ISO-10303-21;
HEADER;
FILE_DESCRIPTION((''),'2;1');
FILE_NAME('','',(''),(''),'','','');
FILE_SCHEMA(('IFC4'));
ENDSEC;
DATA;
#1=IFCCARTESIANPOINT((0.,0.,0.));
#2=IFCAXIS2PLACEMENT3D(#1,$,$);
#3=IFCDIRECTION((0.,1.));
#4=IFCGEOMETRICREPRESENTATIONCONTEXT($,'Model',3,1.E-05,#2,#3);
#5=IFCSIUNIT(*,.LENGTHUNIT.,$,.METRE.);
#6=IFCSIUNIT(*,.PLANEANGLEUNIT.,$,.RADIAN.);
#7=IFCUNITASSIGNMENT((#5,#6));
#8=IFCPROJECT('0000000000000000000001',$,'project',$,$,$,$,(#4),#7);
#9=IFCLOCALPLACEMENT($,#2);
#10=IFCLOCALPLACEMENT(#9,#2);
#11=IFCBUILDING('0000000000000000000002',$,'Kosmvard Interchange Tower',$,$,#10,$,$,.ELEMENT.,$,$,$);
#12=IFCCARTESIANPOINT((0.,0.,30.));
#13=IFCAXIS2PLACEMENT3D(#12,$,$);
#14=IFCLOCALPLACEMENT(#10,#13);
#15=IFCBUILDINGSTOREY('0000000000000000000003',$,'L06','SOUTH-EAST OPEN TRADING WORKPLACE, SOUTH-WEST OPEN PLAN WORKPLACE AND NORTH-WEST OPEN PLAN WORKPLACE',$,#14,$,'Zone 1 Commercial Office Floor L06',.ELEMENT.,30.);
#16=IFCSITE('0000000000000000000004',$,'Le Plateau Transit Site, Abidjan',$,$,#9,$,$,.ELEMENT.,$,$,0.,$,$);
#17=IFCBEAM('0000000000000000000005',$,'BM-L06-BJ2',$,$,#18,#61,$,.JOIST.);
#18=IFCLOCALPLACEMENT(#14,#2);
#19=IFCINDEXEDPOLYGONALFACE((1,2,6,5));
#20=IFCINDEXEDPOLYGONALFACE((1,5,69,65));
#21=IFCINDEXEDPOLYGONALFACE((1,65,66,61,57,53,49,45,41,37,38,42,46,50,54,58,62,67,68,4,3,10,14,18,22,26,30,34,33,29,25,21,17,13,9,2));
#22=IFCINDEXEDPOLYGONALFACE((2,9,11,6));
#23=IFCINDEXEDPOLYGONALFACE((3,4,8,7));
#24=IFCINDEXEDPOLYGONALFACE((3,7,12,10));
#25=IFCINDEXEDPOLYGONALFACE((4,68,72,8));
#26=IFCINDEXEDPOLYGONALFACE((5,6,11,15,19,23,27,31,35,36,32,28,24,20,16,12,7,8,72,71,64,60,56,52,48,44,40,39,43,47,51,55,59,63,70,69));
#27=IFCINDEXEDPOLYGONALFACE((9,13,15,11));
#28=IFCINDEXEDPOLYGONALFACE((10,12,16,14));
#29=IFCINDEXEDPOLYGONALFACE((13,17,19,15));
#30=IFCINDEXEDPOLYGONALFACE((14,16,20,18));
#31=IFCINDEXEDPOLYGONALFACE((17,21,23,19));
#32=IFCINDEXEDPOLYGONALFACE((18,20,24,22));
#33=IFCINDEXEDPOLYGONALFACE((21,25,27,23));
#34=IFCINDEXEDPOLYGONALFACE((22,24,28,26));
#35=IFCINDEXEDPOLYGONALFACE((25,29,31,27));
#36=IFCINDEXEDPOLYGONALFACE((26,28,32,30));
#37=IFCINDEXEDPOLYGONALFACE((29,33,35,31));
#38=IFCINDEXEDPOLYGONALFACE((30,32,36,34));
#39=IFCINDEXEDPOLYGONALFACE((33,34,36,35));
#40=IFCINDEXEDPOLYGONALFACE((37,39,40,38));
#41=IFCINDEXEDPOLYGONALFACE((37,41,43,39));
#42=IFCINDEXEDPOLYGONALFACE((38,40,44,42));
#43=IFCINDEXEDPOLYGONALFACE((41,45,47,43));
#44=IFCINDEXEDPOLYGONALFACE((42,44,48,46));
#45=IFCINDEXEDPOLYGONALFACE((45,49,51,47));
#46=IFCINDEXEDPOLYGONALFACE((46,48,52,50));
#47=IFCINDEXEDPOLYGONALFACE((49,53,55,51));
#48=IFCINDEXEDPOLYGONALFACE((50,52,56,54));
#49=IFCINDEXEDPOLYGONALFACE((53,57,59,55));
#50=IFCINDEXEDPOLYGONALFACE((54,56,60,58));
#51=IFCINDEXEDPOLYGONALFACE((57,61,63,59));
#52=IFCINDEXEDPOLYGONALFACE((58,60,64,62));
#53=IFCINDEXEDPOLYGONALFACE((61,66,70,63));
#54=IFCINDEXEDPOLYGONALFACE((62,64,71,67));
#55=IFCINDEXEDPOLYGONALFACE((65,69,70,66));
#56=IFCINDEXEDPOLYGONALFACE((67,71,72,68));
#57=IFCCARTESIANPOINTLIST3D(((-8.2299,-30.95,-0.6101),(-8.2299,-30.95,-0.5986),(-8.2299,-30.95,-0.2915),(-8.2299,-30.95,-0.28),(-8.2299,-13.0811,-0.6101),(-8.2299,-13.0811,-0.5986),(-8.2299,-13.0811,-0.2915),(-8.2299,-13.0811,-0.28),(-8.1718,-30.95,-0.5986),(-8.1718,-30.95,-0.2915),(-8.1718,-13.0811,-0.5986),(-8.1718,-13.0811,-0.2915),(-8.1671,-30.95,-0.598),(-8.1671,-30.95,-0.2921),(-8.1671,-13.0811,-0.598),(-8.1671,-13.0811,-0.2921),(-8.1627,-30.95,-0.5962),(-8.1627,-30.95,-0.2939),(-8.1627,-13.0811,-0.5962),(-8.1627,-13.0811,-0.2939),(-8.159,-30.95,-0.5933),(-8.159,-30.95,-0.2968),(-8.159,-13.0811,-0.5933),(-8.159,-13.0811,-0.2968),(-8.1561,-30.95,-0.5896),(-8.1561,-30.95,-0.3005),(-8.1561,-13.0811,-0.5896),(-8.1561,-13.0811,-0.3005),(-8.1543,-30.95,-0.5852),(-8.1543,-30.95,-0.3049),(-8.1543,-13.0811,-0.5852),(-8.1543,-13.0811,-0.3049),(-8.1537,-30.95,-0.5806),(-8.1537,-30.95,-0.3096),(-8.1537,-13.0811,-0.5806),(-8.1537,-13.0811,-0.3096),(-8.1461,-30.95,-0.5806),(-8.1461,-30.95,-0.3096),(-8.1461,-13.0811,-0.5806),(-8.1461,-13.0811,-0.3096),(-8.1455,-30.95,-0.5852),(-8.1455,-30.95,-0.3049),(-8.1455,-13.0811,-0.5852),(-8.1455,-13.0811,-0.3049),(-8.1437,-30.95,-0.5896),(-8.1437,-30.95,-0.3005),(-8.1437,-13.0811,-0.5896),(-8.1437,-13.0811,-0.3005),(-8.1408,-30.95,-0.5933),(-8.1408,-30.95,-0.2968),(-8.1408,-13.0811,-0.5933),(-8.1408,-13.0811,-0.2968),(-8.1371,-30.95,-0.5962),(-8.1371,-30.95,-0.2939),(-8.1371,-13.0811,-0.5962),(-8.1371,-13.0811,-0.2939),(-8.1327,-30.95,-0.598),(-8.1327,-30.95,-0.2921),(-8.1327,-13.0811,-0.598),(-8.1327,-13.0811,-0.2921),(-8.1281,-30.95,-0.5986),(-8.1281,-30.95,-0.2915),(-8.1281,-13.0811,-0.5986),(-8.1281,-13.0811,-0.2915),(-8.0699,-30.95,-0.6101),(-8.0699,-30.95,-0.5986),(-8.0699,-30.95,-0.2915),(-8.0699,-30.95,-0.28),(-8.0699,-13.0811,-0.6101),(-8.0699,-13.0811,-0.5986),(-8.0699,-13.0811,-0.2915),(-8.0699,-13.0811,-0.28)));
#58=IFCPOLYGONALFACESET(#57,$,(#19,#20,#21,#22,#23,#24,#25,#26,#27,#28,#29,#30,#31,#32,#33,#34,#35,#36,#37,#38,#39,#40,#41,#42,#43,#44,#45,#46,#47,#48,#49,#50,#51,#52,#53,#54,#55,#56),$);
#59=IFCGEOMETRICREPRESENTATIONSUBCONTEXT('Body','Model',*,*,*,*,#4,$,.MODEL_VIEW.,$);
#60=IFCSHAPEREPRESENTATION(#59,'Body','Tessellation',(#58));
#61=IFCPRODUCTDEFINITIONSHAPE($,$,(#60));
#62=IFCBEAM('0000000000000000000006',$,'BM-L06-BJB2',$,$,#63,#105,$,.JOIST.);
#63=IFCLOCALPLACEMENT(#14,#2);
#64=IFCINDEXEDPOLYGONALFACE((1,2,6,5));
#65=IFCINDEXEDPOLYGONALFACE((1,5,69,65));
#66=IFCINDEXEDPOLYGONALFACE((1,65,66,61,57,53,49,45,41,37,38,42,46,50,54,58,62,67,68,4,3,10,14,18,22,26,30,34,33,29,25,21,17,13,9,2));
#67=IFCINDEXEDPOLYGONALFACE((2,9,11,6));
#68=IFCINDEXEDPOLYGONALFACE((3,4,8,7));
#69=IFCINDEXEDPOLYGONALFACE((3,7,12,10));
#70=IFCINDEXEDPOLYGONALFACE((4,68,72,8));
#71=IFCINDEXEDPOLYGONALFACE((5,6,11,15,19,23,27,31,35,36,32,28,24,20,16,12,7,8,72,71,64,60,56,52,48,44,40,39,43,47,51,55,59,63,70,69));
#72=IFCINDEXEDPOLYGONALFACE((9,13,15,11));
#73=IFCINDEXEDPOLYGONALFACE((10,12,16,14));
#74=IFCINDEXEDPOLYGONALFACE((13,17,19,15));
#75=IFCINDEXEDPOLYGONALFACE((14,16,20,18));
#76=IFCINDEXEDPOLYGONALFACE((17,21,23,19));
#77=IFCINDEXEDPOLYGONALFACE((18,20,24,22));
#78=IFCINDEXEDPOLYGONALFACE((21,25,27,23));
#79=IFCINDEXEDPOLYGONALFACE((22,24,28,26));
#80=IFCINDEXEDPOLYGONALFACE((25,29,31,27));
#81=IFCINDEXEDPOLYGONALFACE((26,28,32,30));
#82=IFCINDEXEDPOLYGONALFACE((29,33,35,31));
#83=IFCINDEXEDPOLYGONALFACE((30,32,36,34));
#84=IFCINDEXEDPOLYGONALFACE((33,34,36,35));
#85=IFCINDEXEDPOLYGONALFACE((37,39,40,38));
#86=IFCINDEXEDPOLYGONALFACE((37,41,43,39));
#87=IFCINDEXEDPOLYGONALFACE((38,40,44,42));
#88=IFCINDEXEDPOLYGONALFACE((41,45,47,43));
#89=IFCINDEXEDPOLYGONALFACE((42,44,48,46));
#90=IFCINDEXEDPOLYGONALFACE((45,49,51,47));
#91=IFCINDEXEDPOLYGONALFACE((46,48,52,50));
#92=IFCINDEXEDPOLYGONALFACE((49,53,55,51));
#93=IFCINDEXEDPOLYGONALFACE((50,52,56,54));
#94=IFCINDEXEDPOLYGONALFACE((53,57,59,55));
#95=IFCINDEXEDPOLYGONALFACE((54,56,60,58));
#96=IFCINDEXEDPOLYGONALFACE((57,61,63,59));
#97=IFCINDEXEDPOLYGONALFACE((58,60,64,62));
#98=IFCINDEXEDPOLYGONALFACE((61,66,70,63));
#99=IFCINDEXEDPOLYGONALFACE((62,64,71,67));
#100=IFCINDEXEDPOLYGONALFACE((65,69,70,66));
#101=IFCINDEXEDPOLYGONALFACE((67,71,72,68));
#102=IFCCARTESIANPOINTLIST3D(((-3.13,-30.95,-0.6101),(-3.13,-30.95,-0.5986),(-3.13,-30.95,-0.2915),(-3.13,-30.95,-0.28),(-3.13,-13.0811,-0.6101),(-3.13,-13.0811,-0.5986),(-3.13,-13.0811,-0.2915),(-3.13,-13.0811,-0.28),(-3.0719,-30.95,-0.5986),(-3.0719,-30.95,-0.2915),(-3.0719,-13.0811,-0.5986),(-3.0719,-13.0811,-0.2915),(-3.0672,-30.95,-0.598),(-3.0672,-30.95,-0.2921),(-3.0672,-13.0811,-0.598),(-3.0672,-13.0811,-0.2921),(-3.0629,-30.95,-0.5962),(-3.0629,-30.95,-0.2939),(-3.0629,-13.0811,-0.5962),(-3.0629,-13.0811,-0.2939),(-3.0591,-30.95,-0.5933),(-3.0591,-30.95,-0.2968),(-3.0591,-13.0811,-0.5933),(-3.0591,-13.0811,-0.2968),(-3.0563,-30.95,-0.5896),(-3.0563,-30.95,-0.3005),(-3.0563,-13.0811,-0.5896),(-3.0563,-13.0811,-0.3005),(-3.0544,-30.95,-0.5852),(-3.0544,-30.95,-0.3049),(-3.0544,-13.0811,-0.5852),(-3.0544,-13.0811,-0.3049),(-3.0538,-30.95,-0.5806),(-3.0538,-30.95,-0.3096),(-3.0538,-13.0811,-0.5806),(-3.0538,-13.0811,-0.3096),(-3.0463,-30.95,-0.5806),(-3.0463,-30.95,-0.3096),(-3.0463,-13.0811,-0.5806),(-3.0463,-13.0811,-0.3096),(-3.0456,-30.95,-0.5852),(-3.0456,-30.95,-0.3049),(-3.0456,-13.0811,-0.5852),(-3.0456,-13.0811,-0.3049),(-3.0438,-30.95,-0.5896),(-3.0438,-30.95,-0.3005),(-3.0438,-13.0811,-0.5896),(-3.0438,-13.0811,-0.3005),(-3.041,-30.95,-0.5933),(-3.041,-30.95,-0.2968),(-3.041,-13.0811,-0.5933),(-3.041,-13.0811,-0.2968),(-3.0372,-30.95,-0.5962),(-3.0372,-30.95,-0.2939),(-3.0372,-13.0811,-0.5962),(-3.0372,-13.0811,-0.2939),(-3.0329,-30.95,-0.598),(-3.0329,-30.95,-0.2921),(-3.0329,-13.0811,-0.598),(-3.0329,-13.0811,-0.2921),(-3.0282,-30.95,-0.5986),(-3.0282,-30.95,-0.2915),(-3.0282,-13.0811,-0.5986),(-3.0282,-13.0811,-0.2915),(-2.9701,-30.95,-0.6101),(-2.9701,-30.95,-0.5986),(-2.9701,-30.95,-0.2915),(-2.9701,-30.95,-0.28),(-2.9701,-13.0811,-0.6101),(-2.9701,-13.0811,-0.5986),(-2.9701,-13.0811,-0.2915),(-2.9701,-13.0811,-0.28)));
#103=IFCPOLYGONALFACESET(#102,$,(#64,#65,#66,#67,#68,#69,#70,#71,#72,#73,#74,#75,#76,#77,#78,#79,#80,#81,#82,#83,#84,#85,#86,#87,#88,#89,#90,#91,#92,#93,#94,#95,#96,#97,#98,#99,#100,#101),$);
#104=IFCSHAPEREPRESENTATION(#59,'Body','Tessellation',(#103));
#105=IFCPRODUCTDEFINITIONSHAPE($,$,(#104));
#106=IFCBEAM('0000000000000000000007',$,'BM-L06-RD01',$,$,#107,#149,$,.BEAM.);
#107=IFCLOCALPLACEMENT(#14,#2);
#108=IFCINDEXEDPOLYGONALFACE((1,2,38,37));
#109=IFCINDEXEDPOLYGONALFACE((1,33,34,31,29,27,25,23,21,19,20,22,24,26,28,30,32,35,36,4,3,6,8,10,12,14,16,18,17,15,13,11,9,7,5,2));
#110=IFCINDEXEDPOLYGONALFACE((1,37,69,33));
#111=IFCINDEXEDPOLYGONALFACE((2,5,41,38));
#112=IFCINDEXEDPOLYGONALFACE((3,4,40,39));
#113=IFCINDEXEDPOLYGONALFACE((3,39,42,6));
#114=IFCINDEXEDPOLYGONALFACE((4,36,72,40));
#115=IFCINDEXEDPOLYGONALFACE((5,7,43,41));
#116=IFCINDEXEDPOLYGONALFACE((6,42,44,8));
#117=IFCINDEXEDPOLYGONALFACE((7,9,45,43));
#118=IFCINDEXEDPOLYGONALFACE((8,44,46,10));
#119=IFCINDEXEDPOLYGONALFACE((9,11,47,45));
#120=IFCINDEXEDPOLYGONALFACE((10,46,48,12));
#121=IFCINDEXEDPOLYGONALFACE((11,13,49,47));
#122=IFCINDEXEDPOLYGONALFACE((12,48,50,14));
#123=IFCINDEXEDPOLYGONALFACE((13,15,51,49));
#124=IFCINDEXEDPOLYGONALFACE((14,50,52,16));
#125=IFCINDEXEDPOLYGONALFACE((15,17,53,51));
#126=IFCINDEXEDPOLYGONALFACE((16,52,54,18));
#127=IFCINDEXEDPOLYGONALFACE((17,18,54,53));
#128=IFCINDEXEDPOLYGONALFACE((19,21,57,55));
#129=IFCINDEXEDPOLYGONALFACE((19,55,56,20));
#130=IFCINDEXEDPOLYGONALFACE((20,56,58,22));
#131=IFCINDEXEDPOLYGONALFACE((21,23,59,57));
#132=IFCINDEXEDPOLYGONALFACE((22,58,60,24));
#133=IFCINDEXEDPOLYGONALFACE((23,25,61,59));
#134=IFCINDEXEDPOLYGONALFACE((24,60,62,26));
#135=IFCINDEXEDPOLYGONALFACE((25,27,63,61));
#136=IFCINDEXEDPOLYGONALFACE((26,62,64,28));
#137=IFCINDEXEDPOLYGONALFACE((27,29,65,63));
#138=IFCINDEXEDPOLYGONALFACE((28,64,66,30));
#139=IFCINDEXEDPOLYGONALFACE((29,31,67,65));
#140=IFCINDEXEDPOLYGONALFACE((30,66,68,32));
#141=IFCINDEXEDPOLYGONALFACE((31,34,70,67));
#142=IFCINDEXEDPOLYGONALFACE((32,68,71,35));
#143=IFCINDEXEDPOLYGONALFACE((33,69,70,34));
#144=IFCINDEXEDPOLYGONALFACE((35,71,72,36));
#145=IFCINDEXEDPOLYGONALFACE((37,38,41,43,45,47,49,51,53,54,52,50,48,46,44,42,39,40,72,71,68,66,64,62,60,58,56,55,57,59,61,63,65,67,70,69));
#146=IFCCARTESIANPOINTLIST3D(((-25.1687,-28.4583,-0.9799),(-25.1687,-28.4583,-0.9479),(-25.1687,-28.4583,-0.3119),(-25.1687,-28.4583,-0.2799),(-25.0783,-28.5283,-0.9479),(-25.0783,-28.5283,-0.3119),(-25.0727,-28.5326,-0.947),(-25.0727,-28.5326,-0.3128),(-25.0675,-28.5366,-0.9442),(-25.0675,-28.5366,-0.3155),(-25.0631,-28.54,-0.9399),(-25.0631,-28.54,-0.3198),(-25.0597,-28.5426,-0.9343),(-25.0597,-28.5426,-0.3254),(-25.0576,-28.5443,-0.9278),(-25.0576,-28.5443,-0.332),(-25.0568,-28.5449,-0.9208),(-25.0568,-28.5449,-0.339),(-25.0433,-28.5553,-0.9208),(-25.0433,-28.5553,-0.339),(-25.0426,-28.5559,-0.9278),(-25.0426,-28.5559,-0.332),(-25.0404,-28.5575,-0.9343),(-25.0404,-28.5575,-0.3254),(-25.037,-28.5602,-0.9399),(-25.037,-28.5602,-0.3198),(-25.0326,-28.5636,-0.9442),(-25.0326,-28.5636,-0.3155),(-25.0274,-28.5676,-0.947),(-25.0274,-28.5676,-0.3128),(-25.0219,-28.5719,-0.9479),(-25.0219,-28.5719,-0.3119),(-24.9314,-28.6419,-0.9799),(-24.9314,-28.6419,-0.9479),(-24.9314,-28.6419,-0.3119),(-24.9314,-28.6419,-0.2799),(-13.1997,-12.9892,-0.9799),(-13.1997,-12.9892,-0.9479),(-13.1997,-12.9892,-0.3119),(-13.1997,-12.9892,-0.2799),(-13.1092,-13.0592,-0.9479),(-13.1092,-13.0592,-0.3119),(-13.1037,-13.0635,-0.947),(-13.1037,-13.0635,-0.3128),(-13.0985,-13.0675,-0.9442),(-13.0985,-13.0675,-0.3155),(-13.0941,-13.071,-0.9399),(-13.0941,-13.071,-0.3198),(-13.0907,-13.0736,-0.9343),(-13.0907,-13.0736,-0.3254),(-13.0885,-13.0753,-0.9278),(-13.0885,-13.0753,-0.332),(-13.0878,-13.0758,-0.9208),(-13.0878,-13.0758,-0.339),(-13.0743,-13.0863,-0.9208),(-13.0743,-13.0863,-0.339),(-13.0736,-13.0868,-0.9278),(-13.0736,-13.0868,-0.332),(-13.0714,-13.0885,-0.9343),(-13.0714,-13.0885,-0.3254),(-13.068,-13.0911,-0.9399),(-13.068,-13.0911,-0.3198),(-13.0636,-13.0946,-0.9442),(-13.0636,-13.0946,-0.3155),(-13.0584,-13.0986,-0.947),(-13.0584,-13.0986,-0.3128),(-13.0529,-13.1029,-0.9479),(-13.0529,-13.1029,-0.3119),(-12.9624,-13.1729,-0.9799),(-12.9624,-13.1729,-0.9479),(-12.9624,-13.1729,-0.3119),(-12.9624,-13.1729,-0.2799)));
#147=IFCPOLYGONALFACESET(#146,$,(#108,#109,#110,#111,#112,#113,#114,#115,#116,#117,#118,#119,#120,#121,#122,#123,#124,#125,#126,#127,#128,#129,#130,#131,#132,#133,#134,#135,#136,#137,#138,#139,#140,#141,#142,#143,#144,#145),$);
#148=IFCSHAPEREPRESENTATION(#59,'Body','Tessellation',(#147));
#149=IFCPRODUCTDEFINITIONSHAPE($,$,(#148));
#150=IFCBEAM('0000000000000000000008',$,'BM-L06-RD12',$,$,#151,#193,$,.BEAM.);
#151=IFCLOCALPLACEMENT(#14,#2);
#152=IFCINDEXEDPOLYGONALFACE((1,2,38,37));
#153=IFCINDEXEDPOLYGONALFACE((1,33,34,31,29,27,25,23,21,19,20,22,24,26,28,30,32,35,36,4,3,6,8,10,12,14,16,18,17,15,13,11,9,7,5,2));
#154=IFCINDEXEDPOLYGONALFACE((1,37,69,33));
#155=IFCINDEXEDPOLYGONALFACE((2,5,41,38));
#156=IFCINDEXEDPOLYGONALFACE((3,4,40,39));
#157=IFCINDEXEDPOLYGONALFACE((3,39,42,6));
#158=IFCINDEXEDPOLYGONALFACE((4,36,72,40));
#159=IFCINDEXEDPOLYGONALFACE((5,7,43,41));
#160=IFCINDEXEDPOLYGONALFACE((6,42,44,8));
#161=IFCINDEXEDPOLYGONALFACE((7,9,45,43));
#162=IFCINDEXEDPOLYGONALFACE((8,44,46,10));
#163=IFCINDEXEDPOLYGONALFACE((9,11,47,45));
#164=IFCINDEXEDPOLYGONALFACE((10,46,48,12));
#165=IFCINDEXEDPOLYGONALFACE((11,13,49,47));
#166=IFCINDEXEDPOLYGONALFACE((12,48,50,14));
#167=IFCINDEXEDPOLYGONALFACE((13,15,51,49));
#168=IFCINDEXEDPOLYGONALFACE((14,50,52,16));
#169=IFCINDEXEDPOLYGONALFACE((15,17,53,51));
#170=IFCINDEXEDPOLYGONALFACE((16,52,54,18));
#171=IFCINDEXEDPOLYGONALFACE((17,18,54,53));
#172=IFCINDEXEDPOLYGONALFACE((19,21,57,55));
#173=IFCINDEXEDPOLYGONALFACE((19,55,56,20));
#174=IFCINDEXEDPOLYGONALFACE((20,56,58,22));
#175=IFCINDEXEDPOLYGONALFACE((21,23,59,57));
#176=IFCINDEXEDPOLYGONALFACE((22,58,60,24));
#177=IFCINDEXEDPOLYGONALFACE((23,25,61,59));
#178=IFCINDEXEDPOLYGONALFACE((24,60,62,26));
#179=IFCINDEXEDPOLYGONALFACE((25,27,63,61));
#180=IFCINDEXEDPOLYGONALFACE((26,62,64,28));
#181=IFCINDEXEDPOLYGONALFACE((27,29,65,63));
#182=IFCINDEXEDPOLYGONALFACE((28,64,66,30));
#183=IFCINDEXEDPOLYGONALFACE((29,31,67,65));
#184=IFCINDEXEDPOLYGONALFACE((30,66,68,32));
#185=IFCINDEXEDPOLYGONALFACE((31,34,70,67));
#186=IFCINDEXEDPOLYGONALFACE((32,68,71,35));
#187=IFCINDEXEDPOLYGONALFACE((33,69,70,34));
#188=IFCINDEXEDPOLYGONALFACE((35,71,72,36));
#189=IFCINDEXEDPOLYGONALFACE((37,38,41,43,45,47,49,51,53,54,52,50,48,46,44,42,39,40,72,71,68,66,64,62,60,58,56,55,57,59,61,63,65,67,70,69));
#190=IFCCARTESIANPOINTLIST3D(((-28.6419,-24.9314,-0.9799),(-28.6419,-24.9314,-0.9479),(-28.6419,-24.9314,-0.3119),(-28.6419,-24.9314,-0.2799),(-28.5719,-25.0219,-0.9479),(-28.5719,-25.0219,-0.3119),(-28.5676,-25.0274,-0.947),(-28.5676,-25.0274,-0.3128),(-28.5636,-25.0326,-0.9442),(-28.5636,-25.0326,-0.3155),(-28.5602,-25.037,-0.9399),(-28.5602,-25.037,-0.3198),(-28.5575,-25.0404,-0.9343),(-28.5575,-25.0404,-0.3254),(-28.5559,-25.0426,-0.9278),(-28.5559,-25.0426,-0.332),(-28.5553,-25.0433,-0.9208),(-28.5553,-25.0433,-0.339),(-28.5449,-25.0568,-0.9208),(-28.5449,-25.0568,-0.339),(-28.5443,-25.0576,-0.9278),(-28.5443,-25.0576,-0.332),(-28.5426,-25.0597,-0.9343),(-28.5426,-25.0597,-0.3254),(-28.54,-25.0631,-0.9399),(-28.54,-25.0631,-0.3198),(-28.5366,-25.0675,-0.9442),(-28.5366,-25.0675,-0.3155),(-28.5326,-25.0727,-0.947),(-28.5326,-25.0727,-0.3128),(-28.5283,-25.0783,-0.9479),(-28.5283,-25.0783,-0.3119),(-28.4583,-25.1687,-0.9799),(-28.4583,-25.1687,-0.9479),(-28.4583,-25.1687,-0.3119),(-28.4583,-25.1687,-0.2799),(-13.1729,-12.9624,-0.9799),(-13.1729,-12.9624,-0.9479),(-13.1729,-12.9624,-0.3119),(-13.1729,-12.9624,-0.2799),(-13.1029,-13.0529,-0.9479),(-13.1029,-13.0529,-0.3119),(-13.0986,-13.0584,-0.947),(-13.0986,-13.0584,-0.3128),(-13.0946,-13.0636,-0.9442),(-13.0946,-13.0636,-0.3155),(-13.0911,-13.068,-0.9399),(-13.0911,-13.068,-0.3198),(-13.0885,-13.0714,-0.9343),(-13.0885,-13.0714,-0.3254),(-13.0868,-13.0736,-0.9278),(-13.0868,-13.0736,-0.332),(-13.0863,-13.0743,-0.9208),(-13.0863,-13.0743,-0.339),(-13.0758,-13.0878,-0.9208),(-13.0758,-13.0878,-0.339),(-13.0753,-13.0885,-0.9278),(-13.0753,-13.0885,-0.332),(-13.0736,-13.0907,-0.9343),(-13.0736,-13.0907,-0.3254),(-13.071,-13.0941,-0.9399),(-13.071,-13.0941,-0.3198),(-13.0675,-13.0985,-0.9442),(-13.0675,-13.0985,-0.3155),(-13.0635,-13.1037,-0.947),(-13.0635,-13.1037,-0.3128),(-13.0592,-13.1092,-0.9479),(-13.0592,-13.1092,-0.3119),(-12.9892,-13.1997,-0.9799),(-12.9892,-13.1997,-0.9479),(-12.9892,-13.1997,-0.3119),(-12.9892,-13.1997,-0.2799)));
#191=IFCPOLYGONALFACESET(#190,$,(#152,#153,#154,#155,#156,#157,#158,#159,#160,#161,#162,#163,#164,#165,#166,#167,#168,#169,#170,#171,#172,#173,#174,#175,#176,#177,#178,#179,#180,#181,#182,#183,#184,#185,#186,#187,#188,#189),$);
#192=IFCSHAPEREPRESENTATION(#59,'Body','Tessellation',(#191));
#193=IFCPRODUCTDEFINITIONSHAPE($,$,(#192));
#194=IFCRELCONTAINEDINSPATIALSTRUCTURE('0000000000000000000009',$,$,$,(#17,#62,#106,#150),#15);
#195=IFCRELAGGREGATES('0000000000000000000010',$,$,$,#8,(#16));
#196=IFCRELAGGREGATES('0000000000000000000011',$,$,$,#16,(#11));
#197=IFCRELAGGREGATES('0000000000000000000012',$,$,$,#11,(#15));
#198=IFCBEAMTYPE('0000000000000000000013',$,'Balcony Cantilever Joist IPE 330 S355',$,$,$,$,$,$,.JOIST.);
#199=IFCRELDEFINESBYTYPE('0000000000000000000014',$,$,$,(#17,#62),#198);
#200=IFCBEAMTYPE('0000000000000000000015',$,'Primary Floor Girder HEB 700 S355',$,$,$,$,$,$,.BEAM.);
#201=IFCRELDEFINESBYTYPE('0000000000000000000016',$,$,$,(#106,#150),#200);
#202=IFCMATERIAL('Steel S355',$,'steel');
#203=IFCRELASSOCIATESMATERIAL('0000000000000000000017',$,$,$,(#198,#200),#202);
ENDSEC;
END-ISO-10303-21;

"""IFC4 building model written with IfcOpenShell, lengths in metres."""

from ifc_helpers import new_model, si_unit, direction, frame, origin, origin_2d, place, context, subcontext, project, spatial, i_section, extrude, source, transform, mapped, material, material_profile, profile_set, type_object, element, save


model = new_model("IFC4")

# Units and contexts
model_context = context("Model", 3, precision=1e-05, world=origin(), true_north=direction((0.0, 1.0)))
body_context = subcontext(model_context, "Body", "Model", "MODEL_VIEW")
ifc_project = project(units=[si_unit("LENGTHUNIT", "METRE"), si_unit("PLANEANGLEUNIT", "RADIAN")], contexts=[model_context])

# Site, building, storey
site_placement = place(None, origin())
site = spatial("IfcSite", under=ifc_project, at=site_placement, Name="Le Plateau Transit Site, Abidjan", CompositionType="ELEMENT", RefElevation=0.0)
building_placement = place(site_placement, origin())
building = spatial("IfcBuilding", under=site, at=building_placement, Name="Kosmvard Interchange Tower", CompositionType="ELEMENT")
storey_placement = place(building_placement, frame((0.0, 0.0, 30.0)))
storey = spatial("IfcBuildingStorey", under=building, at=storey_placement, Name="L06", Description="SOUTH-EAST OPEN TRADING WORKPLACE, SOUTH-WEST OPEN PLAN WORKPLACE AND NORTH-WEST OPEN PLAN WORKPLACE", LongName="Zone 1 Commercial Office Floor L06", CompositionType="ELEMENT", Elevation=30.0)

# Beams
ifc_material_1 = material(Name="Steel S355", Category="steel")
ifc_material_profile_1 = material_profile(ifc_material_1, i_section(OverallWidth=0.1599, OverallDepth=0.3301, WebThickness=0.0076, FlangeThickness=0.0115, FilletRadius=0.0181, at=origin_2d()), Name="IPE 330")
ifc_profile_set_1 = profile_set([ifc_material_profile_1], Name="Steel S355")
beam_type_1 = type_object("IfcBeamType", Name="Balcony Cantilever Joist IPE 330 S355", PredefinedType="JOIST", material=ifc_profile_set_1)
shared_shape_1 = source(origin(), body_context, "Body", "SweptSolid", [
    extrude(i_section(OverallWidth=0.1599, OverallDepth=0.3301, WebThickness=0.0076, FlangeThickness=0.0115, FilletRadius=0.0181, at=origin_2d()), origin(), (0.0, 0.0, 1.0), 17.8689),
])
for number, where, z_axis, x_axis, name in (
    (1, (-8.1499, -13.0811, -0.4451), (0.0, -1.0, 0.0), (1.0, 0.0, 0.0), "BM-L06-BJ2"),
    (2, (-3.05, -13.0811, -0.4451), (0.0, -1.0, 0.0), (1.0, 0.0, 0.0), "BM-L06-BJB2"),
):
    element("IfcBeam", number, at=place(storey_placement, frame(where, z_axis=z_axis, x_axis=x_axis)), inside=storey, type_object=beam_type_1, Name=name, PredefinedType="JOIST", context=body_context, shape_type="MappedRepresentation", body=[
        mapped(shared_shape_1, transform((0.0, 0.0, 0.0), scale=1.0)),
    ])
ifc_material_profile_2 = material_profile(ifc_material_1, i_section(OverallWidth=0.3, OverallDepth=0.7, WebThickness=0.0171, FlangeThickness=0.032, FilletRadius=0.0271, at=origin_2d()), Name="HEB 700")
ifc_profile_set_2 = profile_set([ifc_material_profile_2], Name="Steel S355")
beam_type_2 = type_object("IfcBeamType", Name="Primary Floor Girder HEB 700 S355", PredefinedType="BEAM", material=ifc_profile_set_2)
shared_shape_2 = source(origin(), body_context, "Body", "SweptSolid", [
    extrude(i_section(OverallWidth=0.3, OverallDepth=0.7, WebThickness=0.0171, FlangeThickness=0.032, FilletRadius=0.0271, at=origin_2d()), origin(), (0.0, 0.0, 1.0), 19.5588),
])
for number, where, z_axis, x_axis, name in (
    (3, (-13.0811, -13.0811, -0.6299), (-0.611949, -0.790897, 0.0), (0.790897, -0.611949, 0.0), "BM-L06-RD01"),
    (4, (-13.0811, -13.0811, -0.6299), (-0.790897, -0.611949, 0.0), (0.611949, -0.790897, 0.0), "BM-L06-RD12"),
):
    element("IfcBeam", number, at=place(storey_placement, frame(where, z_axis=z_axis, x_axis=x_axis)), inside=storey, type_object=beam_type_2, Name=name, PredefinedType="BEAM", context=body_context, shape_type="MappedRepresentation", body=[
        mapped(shared_shape_2, transform((0.0, 0.0, 0.0), scale=1.0)),
    ])

save(model, "model.ifc")
